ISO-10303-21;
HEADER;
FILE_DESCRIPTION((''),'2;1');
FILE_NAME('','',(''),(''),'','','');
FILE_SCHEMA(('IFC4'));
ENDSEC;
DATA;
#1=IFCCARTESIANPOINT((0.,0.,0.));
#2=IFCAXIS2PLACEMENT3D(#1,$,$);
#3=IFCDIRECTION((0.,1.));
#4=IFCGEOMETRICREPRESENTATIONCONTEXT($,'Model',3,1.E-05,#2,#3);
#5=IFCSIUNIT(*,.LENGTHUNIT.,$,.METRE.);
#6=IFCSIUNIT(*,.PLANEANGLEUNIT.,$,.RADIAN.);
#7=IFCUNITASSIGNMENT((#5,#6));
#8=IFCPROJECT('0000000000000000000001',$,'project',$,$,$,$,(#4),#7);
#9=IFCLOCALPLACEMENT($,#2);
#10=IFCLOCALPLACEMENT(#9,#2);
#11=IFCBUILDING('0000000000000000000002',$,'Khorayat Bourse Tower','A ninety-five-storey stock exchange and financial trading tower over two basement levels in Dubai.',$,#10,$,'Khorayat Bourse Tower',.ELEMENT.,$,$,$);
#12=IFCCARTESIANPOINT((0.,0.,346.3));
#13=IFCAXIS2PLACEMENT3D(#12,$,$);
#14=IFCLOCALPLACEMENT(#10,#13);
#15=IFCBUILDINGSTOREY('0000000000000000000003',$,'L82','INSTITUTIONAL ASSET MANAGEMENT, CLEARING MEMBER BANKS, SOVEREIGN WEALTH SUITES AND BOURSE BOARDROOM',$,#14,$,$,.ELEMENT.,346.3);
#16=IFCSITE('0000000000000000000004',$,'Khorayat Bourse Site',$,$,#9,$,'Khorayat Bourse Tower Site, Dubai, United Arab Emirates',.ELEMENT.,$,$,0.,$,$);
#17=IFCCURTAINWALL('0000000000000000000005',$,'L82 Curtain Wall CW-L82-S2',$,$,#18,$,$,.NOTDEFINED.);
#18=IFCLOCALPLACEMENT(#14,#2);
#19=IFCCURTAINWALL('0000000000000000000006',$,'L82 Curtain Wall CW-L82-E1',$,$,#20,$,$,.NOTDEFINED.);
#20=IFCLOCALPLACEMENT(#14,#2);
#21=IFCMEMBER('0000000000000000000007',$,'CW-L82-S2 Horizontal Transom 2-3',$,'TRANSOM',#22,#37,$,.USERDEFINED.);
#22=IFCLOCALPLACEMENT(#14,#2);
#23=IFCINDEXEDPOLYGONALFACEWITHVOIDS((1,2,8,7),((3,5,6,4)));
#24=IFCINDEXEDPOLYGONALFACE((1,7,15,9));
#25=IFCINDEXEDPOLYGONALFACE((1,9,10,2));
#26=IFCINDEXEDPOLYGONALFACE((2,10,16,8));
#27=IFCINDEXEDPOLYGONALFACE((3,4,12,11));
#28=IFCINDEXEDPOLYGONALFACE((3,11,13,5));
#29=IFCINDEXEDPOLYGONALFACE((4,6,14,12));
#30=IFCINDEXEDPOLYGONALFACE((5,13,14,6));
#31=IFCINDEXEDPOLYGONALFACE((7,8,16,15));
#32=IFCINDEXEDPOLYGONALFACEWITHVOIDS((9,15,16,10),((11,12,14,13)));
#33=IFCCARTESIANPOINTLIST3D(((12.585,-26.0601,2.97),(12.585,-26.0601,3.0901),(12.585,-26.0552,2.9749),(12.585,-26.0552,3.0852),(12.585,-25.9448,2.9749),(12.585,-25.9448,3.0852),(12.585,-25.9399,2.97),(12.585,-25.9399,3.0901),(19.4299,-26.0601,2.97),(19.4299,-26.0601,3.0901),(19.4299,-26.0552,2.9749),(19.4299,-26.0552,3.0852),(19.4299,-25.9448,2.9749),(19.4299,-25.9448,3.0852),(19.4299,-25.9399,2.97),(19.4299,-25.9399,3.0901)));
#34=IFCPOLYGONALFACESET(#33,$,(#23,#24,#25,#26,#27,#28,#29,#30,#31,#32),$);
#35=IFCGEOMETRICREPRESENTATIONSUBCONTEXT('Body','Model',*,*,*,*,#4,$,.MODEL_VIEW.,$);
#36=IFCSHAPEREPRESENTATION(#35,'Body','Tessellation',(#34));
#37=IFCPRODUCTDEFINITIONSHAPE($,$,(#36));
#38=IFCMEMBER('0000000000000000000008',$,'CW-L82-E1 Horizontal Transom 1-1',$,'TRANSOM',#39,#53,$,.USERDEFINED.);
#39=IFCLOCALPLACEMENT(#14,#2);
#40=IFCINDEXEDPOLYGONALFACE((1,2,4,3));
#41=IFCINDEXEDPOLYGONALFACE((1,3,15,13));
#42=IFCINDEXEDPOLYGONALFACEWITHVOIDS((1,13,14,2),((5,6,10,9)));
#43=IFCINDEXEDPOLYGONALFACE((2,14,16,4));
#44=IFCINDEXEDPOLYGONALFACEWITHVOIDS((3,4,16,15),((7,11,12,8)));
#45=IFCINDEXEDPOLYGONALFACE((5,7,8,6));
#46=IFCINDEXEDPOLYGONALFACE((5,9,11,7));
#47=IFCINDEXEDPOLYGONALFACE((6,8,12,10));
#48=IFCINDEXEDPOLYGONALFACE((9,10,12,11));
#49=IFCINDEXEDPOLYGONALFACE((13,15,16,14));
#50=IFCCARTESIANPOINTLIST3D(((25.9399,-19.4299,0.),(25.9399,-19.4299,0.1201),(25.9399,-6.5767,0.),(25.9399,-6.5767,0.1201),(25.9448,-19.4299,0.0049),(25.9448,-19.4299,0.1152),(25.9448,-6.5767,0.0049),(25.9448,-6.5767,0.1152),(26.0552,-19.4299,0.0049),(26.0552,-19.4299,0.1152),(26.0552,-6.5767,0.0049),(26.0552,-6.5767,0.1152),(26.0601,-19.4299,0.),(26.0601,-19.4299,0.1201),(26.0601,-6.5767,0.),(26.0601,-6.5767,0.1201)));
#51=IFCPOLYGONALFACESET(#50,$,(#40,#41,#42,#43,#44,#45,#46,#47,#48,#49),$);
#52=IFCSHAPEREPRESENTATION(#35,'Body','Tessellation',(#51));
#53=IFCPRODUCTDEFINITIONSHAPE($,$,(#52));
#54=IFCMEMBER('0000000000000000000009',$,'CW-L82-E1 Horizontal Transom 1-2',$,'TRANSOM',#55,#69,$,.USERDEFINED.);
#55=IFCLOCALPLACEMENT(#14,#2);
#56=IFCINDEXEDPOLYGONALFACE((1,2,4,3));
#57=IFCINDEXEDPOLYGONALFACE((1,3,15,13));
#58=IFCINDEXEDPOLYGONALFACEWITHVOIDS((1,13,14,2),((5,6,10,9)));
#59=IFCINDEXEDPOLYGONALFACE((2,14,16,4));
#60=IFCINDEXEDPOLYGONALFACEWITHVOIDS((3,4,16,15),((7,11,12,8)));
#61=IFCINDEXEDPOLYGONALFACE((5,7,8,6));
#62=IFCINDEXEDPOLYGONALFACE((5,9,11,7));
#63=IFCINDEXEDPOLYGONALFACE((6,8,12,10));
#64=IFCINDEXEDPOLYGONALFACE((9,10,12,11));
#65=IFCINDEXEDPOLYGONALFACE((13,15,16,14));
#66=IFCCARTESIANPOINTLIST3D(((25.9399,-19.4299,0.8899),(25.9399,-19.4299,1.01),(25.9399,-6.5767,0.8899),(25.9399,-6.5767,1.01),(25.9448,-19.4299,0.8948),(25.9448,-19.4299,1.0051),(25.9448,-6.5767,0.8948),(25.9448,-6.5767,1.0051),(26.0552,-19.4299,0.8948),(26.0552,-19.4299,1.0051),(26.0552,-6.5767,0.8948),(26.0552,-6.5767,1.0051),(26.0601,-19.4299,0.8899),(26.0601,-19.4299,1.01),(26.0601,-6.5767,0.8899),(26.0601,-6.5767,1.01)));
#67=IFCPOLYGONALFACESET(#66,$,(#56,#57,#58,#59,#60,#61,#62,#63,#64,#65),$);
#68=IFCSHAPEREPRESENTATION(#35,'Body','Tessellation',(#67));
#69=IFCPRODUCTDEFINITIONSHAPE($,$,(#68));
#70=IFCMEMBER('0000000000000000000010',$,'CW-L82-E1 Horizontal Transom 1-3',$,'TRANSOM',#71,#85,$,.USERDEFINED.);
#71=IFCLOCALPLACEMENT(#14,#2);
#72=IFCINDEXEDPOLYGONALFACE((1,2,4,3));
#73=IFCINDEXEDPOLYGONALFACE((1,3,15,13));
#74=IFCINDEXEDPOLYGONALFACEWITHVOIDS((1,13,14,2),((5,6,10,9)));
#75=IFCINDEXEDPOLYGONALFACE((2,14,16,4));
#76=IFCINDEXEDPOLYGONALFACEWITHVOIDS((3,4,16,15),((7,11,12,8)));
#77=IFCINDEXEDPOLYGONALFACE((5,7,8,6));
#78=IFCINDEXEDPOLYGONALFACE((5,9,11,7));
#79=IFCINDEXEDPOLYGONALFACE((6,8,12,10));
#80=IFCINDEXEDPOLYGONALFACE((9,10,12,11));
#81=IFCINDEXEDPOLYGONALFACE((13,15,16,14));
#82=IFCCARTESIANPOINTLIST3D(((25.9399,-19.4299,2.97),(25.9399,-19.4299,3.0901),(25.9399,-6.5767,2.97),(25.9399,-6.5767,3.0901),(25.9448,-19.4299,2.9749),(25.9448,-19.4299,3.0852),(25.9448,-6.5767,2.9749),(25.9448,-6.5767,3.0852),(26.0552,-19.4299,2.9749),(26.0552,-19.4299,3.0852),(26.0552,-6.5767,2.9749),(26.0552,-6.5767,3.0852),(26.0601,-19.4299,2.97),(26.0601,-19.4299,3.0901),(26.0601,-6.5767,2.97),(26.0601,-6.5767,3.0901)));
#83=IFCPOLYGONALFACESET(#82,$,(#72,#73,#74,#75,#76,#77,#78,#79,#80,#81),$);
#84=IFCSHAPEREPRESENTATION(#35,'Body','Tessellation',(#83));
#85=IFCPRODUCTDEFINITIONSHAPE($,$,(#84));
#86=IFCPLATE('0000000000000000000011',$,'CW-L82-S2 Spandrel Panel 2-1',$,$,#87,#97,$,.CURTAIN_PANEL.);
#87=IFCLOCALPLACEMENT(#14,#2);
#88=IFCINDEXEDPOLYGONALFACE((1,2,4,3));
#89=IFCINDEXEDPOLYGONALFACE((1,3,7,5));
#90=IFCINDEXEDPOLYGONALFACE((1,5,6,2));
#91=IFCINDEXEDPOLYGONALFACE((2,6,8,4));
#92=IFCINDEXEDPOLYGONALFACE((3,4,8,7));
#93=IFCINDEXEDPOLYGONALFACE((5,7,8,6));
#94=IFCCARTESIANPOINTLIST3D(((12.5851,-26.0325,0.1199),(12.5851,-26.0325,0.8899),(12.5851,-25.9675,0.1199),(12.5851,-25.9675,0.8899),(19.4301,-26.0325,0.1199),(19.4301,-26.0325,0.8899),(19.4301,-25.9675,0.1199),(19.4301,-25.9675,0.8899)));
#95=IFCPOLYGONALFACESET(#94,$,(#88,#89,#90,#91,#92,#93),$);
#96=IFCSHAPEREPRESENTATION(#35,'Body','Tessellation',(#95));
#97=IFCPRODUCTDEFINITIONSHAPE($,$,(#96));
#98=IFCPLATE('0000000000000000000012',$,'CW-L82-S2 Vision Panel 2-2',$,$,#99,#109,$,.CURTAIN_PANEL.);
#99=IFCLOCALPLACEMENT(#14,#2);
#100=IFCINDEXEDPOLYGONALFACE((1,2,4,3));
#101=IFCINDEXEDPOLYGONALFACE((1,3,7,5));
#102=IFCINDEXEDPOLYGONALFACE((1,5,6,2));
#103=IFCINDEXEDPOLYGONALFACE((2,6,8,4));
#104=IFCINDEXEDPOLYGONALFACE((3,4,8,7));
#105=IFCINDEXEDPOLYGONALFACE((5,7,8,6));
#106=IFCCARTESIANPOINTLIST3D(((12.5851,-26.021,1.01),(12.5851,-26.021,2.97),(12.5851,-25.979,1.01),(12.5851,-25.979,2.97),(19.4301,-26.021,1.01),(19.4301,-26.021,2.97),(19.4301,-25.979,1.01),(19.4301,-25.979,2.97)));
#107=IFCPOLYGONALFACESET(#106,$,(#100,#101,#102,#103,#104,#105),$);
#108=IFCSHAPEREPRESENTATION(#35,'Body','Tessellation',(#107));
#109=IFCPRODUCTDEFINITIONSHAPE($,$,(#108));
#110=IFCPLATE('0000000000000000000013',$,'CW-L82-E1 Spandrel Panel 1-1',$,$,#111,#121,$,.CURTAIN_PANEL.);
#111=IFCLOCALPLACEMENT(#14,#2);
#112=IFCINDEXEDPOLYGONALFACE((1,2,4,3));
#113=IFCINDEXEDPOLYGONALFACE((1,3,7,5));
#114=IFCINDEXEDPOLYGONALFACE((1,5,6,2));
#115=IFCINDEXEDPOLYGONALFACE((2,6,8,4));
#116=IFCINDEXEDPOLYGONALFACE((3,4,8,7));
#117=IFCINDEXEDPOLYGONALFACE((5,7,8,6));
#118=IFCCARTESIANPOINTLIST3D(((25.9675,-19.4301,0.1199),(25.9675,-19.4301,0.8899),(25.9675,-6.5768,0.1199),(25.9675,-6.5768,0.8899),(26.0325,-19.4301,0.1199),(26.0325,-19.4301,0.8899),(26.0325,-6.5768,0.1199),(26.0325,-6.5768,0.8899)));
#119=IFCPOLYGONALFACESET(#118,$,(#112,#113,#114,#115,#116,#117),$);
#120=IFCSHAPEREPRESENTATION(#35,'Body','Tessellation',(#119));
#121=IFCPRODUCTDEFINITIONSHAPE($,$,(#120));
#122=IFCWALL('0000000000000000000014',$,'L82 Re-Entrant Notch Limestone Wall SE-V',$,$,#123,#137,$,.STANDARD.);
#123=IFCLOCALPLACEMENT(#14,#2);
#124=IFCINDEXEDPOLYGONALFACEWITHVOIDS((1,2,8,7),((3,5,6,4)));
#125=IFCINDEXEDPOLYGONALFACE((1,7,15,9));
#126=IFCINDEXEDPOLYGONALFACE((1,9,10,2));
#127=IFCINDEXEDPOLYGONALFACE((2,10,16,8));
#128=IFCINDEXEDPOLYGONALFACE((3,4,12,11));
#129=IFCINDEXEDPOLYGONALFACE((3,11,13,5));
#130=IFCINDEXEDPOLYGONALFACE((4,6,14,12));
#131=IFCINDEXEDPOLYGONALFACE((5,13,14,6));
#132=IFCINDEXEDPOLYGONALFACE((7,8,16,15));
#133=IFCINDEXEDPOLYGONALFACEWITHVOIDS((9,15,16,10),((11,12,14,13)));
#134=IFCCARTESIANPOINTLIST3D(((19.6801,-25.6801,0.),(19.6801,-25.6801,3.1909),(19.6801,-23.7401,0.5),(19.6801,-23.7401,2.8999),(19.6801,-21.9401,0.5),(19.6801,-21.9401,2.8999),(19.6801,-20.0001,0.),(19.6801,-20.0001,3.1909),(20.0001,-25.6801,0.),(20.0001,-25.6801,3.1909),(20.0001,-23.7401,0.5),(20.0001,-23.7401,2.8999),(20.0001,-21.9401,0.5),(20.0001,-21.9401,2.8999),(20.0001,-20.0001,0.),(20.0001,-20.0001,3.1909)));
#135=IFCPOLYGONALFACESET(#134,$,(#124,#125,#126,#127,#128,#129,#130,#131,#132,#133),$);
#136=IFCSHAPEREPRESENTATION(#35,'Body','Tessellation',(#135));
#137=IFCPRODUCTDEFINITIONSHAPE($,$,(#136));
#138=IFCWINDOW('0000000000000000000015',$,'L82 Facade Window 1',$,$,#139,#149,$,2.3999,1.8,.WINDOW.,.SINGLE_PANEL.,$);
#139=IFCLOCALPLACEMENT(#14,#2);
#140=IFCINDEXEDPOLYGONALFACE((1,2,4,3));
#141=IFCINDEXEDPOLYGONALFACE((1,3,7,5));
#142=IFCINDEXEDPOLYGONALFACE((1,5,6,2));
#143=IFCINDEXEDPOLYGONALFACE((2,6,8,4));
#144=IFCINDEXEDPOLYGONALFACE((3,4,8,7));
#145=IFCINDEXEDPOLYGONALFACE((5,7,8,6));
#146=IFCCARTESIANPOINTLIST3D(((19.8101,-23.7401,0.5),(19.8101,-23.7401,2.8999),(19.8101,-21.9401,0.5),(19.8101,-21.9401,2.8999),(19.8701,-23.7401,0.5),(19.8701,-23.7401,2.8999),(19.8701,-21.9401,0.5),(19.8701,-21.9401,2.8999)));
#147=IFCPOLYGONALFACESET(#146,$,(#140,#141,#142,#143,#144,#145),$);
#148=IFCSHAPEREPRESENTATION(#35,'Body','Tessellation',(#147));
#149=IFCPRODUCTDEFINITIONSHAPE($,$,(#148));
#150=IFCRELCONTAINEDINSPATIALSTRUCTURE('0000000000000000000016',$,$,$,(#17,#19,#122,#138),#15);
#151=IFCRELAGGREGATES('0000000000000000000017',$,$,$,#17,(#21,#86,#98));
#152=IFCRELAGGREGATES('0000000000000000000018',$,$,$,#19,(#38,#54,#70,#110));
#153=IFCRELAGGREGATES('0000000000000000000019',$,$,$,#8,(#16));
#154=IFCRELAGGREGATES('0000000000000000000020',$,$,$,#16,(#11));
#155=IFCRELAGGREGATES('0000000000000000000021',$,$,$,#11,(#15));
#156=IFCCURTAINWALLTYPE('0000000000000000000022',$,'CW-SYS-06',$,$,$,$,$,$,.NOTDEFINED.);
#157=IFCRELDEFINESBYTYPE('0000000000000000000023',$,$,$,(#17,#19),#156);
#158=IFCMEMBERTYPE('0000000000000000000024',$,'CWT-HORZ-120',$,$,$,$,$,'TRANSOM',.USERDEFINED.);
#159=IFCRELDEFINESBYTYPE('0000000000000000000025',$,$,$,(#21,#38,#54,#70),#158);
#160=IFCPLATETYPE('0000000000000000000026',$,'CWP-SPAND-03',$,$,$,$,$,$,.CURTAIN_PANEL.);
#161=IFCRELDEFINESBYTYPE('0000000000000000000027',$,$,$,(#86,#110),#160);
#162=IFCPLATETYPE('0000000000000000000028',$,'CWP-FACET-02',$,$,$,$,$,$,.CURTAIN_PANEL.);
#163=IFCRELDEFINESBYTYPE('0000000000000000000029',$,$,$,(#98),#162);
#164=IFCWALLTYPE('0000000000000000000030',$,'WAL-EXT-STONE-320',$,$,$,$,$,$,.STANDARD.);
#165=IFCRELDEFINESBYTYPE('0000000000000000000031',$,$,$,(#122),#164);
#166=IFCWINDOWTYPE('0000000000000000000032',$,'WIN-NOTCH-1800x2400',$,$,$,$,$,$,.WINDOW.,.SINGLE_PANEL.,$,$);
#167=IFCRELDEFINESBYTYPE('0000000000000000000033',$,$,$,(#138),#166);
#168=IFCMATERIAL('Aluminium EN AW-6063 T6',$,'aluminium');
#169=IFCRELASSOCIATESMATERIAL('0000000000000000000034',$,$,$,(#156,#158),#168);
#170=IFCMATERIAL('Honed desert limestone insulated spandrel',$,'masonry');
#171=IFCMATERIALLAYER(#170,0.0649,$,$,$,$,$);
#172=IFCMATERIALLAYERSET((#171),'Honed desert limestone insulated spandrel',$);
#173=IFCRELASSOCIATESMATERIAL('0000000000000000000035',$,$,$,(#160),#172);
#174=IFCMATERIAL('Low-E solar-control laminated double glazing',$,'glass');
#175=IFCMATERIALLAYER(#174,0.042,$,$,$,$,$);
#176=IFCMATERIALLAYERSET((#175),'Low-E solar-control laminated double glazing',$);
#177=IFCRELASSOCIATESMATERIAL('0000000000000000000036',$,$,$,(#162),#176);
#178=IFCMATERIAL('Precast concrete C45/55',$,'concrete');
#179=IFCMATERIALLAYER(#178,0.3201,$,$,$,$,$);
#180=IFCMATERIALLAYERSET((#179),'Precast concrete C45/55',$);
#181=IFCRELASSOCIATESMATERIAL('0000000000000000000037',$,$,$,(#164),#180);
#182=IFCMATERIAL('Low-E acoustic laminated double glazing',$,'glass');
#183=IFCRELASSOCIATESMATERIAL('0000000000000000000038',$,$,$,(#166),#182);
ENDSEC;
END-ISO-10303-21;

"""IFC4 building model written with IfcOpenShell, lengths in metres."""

from ifc_helpers import new_model, si_unit, direction, frame, frame_2d, origin, origin_2d, place, context, subcontext, project, spatial, rectangle, hollow_rectangle, extrude, source, transform, mapped, material, layer, layer_set, material_profile, profile_set, type_object, element, fill, aggregate, save


model = new_model("IFC4")

# Units and contexts
model_context = context("Model", 3, precision=1e-05, world=origin(), true_north=direction((0.0, 1.0)))
body_context = subcontext(model_context, "Body", "Model", "MODEL_VIEW")
ifc_project = project(units=[si_unit("LENGTHUNIT", "METRE"), si_unit("PLANEANGLEUNIT", "RADIAN")], contexts=[model_context])

# Site, building, storey
site_placement = place(None, origin())
site = spatial("IfcSite", under=ifc_project, at=site_placement, Name="Khorayat Bourse Site", LongName="Khorayat Bourse Tower Site, Dubai, United Arab Emirates", CompositionType="ELEMENT", RefElevation=0.0)
building_placement = place(site_placement, origin())
building = spatial("IfcBuilding", under=site, at=building_placement, Name="Khorayat Bourse Tower", Description="A ninety-five-storey stock exchange and financial trading tower over two basement levels in Dubai.", LongName="Khorayat Bourse Tower", CompositionType="ELEMENT")
storey_placement = place(building_placement, frame((0.0, 0.0, 346.3)))
storey = spatial("IfcBuildingStorey", under=building, at=storey_placement, Name="L82", Description="INSTITUTIONAL ASSET MANAGEMENT, CLEARING MEMBER BANKS, SOVEREIGN WEALTH SUITES AND BOURSE BOARDROOM", CompositionType="ELEMENT", Elevation=346.3)

# Curtain wall
ifc_material_1 = material(Name="Aluminium EN AW-6063 T6", Category="aluminium")
curtain_wall_type = type_object("IfcCurtainWallType", Name="CW-SYS-06", PredefinedType="NOTDEFINED", material=ifc_material_1)
curtain_wall_1_placement = place(storey_placement, origin())
curtain_wall_1 = element("IfcCurtainWall", 1, at=curtain_wall_1_placement, inside=storey, type_object=curtain_wall_type, Name="L82 Curtain Wall CW-L82-S2", PredefinedType="NOTDEFINED")

# Curtain wall
curtain_wall_2_placement = place(storey_placement, origin())
curtain_wall_2 = element("IfcCurtainWall", 2, at=curtain_wall_2_placement, inside=storey, type_object=curtain_wall_type, Name="L82 Curtain Wall CW-L82-E1", PredefinedType="NOTDEFINED")

# Members
ifc_material_profile_1 = material_profile(ifc_material_1, hollow_rectangle(XDim=0.1201, YDim=0.1201, WallThickness=0.0049, at=origin_2d()), Name="ALU 120x120x5")
ifc_profile_set_1 = profile_set([ifc_material_profile_1], Name="Aluminium EN AW-6063 T6")
member_type_1 = type_object("IfcMemberType", Name="CWT-HORZ-120", ElementType="TRANSOM", PredefinedType="USERDEFINED", material=ifc_profile_set_1)
shared_shape_1 = source(origin(), body_context, "Body", "SweptSolid", [
    extrude(hollow_rectangle(XDim=0.1201, YDim=0.1201, WallThickness=0.0049, at=origin_2d()), origin(), (0.0, 0.0, 1.0), 6.845),
])
member_1_placement = place(storey_placement, frame((12.585, -26.0, 3.03), z_axis=(1.0, 0.0, 0.0), x_axis=(0.0, 1.0, 0.0)))
member_1 = element("IfcMember", 3, at=member_1_placement, type_object=member_type_1, Name="CW-L82-S2 Horizontal Transom 2-3", ObjectType="TRANSOM", PredefinedType="USERDEFINED", context=body_context, shape_type="MappedRepresentation", body=[
    mapped(shared_shape_1, transform((0.0, 0.0, 0.0), scale=1.0)),
])
shared_shape_2 = source(origin(), body_context, "Body", "SweptSolid", [
    extrude(hollow_rectangle(XDim=0.1201, YDim=0.1201, WallThickness=0.0049, at=origin_2d()), origin(), (0.0, 0.0, 1.0), 12.8533),
])
member_2_placement = place(storey_placement, frame((26.0, -19.4299, 0.0601), z_axis=(0.0, 1.0, 0.0), x_axis=(-1.0, 0.0, 0.0)))
member_2 = element("IfcMember", 4, at=member_2_placement, type_object=member_type_1, Name="CW-L82-E1 Horizontal Transom 1-1", ObjectType="TRANSOM", PredefinedType="USERDEFINED", context=body_context, shape_type="MappedRepresentation", body=[
    mapped(shared_shape_2, transform((0.0, 0.0, 0.0), scale=1.0)),
])
member_3_placement = place(storey_placement, frame((26.0, -19.4299, 0.95), z_axis=(0.0, 1.0, 0.0), x_axis=(-1.0, 0.0, 0.0)))
member_3 = element("IfcMember", 5, at=member_3_placement, type_object=member_type_1, Name="CW-L82-E1 Horizontal Transom 1-2", ObjectType="TRANSOM", PredefinedType="USERDEFINED", context=body_context, shape_type="MappedRepresentation", body=[
    mapped(shared_shape_2, transform((0.0, 0.0, 0.0), scale=1.0)),
])
member_4_placement = place(storey_placement, frame((26.0, -19.4299, 3.03), z_axis=(0.0, 1.0, 0.0), x_axis=(-1.0, 0.0, 0.0)))
member_4 = element("IfcMember", 6, at=member_4_placement, type_object=member_type_1, Name="CW-L82-E1 Horizontal Transom 1-3", ObjectType="TRANSOM", PredefinedType="USERDEFINED", context=body_context, shape_type="MappedRepresentation", body=[
    mapped(shared_shape_2, transform((0.0, 0.0, 0.0), scale=1.0)),
])

# Plates
ifc_material_2 = material(Name="Honed desert limestone insulated spandrel", Category="masonry")
ifc_layer_1 = layer(ifc_material_2, 0.0649)
ifc_layer_set_1 = layer_set([ifc_layer_1], Name="Honed desert limestone insulated spandrel")
plate_type_1 = type_object("IfcPlateType", Name="CWP-SPAND-03", PredefinedType="CURTAIN_PANEL", material=ifc_layer_set_1)
shared_shape_3 = source(origin(), body_context, "Body", "SweptSolid", [
    extrude(rectangle(XDim=6.845, YDim=0.0649, at=origin_2d()), origin(), (0.0, 0.0, 1.0), 0.77),
])
plate_1_placement = place(storey_placement, frame((16.0076, -26.0, 0.1199), z_axis=(0.0, 0.0, 1.0), x_axis=(1.0, 0.0, 0.0)))
plate_1 = element("IfcPlate", 7, at=plate_1_placement, type_object=plate_type_1, Name="CW-L82-S2 Spandrel Panel 2-1", PredefinedType="CURTAIN_PANEL", context=body_context, shape_type="MappedRepresentation", body=[
    mapped(shared_shape_3, transform((0.0, 0.0, 0.0), scale=1.0)),
])
ifc_material_3 = material(Name="Low-E solar-control laminated double glazing", Category="glass")
ifc_layer_2 = layer(ifc_material_3, 0.042)
ifc_layer_set_2 = layer_set([ifc_layer_2], Name="Low-E solar-control laminated double glazing")
plate_type_2 = type_object("IfcPlateType", Name="CWP-FACET-02", PredefinedType="CURTAIN_PANEL", material=ifc_layer_set_2)
shared_shape_4 = source(origin(), body_context, "Body", "SweptSolid", [
    extrude(rectangle(XDim=6.845, YDim=0.042, at=origin_2d()), origin(), (0.0, 0.0, 1.0), 1.96),
])
plate_2_placement = place(storey_placement, frame((16.0076, -26.0, 1.01), z_axis=(0.0, 0.0, 1.0), x_axis=(1.0, 0.0, 0.0)))
plate_2 = element("IfcPlate", 8, at=plate_2_placement, type_object=plate_type_2, Name="CW-L82-S2 Vision Panel 2-2", PredefinedType="CURTAIN_PANEL", context=body_context, shape_type="MappedRepresentation", body=[
    mapped(shared_shape_4, transform((0.0, 0.0, 0.0), scale=1.0)),
])
aggregate(curtain_wall_1, [member_1, plate_1, plate_2])
shared_shape_5 = source(origin(), body_context, "Body", "SweptSolid", [
    extrude(rectangle(XDim=12.8533, YDim=0.0649, at=origin_2d()), origin(), (0.0, 0.0, 1.0), 0.77),
])
plate_3_placement = place(storey_placement, frame((26.0, -13.0034, 0.1199), z_axis=(0.0, 0.0, 1.0), x_axis=(0.0, 1.0, 0.0)))
plate_3 = element("IfcPlate", 9, at=plate_3_placement, type_object=plate_type_1, Name="CW-L82-E1 Spandrel Panel 1-1", PredefinedType="CURTAIN_PANEL", context=body_context, shape_type="MappedRepresentation", body=[
    mapped(shared_shape_5, transform((0.0, 0.0, 0.0), scale=1.0)),
])
aggregate(curtain_wall_2, [member_2, member_3, member_4, plate_3])

# Wall, opening, window
ifc_material_4 = material(Name="Precast concrete C45/55", Category="concrete")
ifc_layer_3 = layer(ifc_material_4, 0.3201)
ifc_layer_set_3 = layer_set([ifc_layer_3], Name="Precast concrete C45/55")
wall_type_1 = type_object("IfcWallType", Name="WAL-EXT-STONE-320", PredefinedType="STANDARD", material=ifc_layer_set_3)
shared_shape_6 = source(origin(), body_context, "Body", "SweptSolid", [
    extrude(rectangle(XDim=5.6799, YDim=0.3201, at=frame_2d((2.8398, 0.0))), origin(), (0.0, 0.0, 1.0), 3.1909),
])
wall_1_placement = place(storey_placement, frame((19.8401, -25.6799, 0.0), z_axis=(0.0, 0.0, 1.0), x_axis=(0.0, 1.0, 0.0)))
wall_1 = element("IfcWall", 10, at=wall_1_placement, inside=storey, type_object=wall_type_1, Name="L82 Re-Entrant Notch Limestone Wall SE-V", PredefinedType="STANDARD", context=body_context, shape_type="MappedRepresentation", body=[
    mapped(shared_shape_6, transform((0.0, 0.0, 0.0), scale=1.0)),
])
shared_shape_7 = source(origin(), body_context, "Body", "SweptSolid", [
    extrude(rectangle(XDim=1.8, YDim=2.3999, at=frame_2d((0.8999, 1.2))), frame((0.0, 0.1699, 0.0), z_axis=(0.0, -1.0, 0.0), x_axis=(1.0, 0.0, 0.0)), (0.0, 0.0, 1.0), 0.3401),
])
opening_1_placement = place(wall_1_placement, frame((1.9399, 0.0, 0.5)))
opening_1 = element("IfcOpeningElement", 11, at=opening_1_placement, cuts=wall_1, PredefinedType="OPENING", context=body_context, shape_type="MappedRepresentation", body=[
    mapped(shared_shape_7, transform((0.0, 0.0, 0.0), scale=1.0)),
])
ifc_material_5 = material(Name="Low-E acoustic laminated double glazing", Category="glass")
window_type = type_object("IfcWindowType", Name="WIN-NOTCH-1800x2400", PartitioningType="SINGLE_PANEL", PredefinedType="WINDOW", material=ifc_material_5)
shared_shape_8 = source(origin(), body_context, "Body", "SweptSolid", [
    extrude(rectangle(XDim=1.8, YDim=2.3999, at=frame_2d((0.8999, 1.2))), frame((0.0, 0.03, 0.0), z_axis=(0.0, -1.0, 0.0), x_axis=(1.0, 0.0, 0.0)), (0.0, 0.0, 1.0), 0.0601),
])
window_1_placement = place(opening_1_placement, origin())
window_1 = element("IfcWindow", 12, at=window_1_placement, inside=storey, type_object=window_type, Name="L82 Facade Window 1", OverallHeight=2.3999, OverallWidth=1.8, PartitioningType="SINGLE_PANEL", PredefinedType="WINDOW", context=body_context, shape_type="MappedRepresentation", body=[
    mapped(shared_shape_8, transform((0.0, 0.0, 0.0), scale=1.0)),
])
fill(opening_1, window_1)

save(model, "model.ifc")
